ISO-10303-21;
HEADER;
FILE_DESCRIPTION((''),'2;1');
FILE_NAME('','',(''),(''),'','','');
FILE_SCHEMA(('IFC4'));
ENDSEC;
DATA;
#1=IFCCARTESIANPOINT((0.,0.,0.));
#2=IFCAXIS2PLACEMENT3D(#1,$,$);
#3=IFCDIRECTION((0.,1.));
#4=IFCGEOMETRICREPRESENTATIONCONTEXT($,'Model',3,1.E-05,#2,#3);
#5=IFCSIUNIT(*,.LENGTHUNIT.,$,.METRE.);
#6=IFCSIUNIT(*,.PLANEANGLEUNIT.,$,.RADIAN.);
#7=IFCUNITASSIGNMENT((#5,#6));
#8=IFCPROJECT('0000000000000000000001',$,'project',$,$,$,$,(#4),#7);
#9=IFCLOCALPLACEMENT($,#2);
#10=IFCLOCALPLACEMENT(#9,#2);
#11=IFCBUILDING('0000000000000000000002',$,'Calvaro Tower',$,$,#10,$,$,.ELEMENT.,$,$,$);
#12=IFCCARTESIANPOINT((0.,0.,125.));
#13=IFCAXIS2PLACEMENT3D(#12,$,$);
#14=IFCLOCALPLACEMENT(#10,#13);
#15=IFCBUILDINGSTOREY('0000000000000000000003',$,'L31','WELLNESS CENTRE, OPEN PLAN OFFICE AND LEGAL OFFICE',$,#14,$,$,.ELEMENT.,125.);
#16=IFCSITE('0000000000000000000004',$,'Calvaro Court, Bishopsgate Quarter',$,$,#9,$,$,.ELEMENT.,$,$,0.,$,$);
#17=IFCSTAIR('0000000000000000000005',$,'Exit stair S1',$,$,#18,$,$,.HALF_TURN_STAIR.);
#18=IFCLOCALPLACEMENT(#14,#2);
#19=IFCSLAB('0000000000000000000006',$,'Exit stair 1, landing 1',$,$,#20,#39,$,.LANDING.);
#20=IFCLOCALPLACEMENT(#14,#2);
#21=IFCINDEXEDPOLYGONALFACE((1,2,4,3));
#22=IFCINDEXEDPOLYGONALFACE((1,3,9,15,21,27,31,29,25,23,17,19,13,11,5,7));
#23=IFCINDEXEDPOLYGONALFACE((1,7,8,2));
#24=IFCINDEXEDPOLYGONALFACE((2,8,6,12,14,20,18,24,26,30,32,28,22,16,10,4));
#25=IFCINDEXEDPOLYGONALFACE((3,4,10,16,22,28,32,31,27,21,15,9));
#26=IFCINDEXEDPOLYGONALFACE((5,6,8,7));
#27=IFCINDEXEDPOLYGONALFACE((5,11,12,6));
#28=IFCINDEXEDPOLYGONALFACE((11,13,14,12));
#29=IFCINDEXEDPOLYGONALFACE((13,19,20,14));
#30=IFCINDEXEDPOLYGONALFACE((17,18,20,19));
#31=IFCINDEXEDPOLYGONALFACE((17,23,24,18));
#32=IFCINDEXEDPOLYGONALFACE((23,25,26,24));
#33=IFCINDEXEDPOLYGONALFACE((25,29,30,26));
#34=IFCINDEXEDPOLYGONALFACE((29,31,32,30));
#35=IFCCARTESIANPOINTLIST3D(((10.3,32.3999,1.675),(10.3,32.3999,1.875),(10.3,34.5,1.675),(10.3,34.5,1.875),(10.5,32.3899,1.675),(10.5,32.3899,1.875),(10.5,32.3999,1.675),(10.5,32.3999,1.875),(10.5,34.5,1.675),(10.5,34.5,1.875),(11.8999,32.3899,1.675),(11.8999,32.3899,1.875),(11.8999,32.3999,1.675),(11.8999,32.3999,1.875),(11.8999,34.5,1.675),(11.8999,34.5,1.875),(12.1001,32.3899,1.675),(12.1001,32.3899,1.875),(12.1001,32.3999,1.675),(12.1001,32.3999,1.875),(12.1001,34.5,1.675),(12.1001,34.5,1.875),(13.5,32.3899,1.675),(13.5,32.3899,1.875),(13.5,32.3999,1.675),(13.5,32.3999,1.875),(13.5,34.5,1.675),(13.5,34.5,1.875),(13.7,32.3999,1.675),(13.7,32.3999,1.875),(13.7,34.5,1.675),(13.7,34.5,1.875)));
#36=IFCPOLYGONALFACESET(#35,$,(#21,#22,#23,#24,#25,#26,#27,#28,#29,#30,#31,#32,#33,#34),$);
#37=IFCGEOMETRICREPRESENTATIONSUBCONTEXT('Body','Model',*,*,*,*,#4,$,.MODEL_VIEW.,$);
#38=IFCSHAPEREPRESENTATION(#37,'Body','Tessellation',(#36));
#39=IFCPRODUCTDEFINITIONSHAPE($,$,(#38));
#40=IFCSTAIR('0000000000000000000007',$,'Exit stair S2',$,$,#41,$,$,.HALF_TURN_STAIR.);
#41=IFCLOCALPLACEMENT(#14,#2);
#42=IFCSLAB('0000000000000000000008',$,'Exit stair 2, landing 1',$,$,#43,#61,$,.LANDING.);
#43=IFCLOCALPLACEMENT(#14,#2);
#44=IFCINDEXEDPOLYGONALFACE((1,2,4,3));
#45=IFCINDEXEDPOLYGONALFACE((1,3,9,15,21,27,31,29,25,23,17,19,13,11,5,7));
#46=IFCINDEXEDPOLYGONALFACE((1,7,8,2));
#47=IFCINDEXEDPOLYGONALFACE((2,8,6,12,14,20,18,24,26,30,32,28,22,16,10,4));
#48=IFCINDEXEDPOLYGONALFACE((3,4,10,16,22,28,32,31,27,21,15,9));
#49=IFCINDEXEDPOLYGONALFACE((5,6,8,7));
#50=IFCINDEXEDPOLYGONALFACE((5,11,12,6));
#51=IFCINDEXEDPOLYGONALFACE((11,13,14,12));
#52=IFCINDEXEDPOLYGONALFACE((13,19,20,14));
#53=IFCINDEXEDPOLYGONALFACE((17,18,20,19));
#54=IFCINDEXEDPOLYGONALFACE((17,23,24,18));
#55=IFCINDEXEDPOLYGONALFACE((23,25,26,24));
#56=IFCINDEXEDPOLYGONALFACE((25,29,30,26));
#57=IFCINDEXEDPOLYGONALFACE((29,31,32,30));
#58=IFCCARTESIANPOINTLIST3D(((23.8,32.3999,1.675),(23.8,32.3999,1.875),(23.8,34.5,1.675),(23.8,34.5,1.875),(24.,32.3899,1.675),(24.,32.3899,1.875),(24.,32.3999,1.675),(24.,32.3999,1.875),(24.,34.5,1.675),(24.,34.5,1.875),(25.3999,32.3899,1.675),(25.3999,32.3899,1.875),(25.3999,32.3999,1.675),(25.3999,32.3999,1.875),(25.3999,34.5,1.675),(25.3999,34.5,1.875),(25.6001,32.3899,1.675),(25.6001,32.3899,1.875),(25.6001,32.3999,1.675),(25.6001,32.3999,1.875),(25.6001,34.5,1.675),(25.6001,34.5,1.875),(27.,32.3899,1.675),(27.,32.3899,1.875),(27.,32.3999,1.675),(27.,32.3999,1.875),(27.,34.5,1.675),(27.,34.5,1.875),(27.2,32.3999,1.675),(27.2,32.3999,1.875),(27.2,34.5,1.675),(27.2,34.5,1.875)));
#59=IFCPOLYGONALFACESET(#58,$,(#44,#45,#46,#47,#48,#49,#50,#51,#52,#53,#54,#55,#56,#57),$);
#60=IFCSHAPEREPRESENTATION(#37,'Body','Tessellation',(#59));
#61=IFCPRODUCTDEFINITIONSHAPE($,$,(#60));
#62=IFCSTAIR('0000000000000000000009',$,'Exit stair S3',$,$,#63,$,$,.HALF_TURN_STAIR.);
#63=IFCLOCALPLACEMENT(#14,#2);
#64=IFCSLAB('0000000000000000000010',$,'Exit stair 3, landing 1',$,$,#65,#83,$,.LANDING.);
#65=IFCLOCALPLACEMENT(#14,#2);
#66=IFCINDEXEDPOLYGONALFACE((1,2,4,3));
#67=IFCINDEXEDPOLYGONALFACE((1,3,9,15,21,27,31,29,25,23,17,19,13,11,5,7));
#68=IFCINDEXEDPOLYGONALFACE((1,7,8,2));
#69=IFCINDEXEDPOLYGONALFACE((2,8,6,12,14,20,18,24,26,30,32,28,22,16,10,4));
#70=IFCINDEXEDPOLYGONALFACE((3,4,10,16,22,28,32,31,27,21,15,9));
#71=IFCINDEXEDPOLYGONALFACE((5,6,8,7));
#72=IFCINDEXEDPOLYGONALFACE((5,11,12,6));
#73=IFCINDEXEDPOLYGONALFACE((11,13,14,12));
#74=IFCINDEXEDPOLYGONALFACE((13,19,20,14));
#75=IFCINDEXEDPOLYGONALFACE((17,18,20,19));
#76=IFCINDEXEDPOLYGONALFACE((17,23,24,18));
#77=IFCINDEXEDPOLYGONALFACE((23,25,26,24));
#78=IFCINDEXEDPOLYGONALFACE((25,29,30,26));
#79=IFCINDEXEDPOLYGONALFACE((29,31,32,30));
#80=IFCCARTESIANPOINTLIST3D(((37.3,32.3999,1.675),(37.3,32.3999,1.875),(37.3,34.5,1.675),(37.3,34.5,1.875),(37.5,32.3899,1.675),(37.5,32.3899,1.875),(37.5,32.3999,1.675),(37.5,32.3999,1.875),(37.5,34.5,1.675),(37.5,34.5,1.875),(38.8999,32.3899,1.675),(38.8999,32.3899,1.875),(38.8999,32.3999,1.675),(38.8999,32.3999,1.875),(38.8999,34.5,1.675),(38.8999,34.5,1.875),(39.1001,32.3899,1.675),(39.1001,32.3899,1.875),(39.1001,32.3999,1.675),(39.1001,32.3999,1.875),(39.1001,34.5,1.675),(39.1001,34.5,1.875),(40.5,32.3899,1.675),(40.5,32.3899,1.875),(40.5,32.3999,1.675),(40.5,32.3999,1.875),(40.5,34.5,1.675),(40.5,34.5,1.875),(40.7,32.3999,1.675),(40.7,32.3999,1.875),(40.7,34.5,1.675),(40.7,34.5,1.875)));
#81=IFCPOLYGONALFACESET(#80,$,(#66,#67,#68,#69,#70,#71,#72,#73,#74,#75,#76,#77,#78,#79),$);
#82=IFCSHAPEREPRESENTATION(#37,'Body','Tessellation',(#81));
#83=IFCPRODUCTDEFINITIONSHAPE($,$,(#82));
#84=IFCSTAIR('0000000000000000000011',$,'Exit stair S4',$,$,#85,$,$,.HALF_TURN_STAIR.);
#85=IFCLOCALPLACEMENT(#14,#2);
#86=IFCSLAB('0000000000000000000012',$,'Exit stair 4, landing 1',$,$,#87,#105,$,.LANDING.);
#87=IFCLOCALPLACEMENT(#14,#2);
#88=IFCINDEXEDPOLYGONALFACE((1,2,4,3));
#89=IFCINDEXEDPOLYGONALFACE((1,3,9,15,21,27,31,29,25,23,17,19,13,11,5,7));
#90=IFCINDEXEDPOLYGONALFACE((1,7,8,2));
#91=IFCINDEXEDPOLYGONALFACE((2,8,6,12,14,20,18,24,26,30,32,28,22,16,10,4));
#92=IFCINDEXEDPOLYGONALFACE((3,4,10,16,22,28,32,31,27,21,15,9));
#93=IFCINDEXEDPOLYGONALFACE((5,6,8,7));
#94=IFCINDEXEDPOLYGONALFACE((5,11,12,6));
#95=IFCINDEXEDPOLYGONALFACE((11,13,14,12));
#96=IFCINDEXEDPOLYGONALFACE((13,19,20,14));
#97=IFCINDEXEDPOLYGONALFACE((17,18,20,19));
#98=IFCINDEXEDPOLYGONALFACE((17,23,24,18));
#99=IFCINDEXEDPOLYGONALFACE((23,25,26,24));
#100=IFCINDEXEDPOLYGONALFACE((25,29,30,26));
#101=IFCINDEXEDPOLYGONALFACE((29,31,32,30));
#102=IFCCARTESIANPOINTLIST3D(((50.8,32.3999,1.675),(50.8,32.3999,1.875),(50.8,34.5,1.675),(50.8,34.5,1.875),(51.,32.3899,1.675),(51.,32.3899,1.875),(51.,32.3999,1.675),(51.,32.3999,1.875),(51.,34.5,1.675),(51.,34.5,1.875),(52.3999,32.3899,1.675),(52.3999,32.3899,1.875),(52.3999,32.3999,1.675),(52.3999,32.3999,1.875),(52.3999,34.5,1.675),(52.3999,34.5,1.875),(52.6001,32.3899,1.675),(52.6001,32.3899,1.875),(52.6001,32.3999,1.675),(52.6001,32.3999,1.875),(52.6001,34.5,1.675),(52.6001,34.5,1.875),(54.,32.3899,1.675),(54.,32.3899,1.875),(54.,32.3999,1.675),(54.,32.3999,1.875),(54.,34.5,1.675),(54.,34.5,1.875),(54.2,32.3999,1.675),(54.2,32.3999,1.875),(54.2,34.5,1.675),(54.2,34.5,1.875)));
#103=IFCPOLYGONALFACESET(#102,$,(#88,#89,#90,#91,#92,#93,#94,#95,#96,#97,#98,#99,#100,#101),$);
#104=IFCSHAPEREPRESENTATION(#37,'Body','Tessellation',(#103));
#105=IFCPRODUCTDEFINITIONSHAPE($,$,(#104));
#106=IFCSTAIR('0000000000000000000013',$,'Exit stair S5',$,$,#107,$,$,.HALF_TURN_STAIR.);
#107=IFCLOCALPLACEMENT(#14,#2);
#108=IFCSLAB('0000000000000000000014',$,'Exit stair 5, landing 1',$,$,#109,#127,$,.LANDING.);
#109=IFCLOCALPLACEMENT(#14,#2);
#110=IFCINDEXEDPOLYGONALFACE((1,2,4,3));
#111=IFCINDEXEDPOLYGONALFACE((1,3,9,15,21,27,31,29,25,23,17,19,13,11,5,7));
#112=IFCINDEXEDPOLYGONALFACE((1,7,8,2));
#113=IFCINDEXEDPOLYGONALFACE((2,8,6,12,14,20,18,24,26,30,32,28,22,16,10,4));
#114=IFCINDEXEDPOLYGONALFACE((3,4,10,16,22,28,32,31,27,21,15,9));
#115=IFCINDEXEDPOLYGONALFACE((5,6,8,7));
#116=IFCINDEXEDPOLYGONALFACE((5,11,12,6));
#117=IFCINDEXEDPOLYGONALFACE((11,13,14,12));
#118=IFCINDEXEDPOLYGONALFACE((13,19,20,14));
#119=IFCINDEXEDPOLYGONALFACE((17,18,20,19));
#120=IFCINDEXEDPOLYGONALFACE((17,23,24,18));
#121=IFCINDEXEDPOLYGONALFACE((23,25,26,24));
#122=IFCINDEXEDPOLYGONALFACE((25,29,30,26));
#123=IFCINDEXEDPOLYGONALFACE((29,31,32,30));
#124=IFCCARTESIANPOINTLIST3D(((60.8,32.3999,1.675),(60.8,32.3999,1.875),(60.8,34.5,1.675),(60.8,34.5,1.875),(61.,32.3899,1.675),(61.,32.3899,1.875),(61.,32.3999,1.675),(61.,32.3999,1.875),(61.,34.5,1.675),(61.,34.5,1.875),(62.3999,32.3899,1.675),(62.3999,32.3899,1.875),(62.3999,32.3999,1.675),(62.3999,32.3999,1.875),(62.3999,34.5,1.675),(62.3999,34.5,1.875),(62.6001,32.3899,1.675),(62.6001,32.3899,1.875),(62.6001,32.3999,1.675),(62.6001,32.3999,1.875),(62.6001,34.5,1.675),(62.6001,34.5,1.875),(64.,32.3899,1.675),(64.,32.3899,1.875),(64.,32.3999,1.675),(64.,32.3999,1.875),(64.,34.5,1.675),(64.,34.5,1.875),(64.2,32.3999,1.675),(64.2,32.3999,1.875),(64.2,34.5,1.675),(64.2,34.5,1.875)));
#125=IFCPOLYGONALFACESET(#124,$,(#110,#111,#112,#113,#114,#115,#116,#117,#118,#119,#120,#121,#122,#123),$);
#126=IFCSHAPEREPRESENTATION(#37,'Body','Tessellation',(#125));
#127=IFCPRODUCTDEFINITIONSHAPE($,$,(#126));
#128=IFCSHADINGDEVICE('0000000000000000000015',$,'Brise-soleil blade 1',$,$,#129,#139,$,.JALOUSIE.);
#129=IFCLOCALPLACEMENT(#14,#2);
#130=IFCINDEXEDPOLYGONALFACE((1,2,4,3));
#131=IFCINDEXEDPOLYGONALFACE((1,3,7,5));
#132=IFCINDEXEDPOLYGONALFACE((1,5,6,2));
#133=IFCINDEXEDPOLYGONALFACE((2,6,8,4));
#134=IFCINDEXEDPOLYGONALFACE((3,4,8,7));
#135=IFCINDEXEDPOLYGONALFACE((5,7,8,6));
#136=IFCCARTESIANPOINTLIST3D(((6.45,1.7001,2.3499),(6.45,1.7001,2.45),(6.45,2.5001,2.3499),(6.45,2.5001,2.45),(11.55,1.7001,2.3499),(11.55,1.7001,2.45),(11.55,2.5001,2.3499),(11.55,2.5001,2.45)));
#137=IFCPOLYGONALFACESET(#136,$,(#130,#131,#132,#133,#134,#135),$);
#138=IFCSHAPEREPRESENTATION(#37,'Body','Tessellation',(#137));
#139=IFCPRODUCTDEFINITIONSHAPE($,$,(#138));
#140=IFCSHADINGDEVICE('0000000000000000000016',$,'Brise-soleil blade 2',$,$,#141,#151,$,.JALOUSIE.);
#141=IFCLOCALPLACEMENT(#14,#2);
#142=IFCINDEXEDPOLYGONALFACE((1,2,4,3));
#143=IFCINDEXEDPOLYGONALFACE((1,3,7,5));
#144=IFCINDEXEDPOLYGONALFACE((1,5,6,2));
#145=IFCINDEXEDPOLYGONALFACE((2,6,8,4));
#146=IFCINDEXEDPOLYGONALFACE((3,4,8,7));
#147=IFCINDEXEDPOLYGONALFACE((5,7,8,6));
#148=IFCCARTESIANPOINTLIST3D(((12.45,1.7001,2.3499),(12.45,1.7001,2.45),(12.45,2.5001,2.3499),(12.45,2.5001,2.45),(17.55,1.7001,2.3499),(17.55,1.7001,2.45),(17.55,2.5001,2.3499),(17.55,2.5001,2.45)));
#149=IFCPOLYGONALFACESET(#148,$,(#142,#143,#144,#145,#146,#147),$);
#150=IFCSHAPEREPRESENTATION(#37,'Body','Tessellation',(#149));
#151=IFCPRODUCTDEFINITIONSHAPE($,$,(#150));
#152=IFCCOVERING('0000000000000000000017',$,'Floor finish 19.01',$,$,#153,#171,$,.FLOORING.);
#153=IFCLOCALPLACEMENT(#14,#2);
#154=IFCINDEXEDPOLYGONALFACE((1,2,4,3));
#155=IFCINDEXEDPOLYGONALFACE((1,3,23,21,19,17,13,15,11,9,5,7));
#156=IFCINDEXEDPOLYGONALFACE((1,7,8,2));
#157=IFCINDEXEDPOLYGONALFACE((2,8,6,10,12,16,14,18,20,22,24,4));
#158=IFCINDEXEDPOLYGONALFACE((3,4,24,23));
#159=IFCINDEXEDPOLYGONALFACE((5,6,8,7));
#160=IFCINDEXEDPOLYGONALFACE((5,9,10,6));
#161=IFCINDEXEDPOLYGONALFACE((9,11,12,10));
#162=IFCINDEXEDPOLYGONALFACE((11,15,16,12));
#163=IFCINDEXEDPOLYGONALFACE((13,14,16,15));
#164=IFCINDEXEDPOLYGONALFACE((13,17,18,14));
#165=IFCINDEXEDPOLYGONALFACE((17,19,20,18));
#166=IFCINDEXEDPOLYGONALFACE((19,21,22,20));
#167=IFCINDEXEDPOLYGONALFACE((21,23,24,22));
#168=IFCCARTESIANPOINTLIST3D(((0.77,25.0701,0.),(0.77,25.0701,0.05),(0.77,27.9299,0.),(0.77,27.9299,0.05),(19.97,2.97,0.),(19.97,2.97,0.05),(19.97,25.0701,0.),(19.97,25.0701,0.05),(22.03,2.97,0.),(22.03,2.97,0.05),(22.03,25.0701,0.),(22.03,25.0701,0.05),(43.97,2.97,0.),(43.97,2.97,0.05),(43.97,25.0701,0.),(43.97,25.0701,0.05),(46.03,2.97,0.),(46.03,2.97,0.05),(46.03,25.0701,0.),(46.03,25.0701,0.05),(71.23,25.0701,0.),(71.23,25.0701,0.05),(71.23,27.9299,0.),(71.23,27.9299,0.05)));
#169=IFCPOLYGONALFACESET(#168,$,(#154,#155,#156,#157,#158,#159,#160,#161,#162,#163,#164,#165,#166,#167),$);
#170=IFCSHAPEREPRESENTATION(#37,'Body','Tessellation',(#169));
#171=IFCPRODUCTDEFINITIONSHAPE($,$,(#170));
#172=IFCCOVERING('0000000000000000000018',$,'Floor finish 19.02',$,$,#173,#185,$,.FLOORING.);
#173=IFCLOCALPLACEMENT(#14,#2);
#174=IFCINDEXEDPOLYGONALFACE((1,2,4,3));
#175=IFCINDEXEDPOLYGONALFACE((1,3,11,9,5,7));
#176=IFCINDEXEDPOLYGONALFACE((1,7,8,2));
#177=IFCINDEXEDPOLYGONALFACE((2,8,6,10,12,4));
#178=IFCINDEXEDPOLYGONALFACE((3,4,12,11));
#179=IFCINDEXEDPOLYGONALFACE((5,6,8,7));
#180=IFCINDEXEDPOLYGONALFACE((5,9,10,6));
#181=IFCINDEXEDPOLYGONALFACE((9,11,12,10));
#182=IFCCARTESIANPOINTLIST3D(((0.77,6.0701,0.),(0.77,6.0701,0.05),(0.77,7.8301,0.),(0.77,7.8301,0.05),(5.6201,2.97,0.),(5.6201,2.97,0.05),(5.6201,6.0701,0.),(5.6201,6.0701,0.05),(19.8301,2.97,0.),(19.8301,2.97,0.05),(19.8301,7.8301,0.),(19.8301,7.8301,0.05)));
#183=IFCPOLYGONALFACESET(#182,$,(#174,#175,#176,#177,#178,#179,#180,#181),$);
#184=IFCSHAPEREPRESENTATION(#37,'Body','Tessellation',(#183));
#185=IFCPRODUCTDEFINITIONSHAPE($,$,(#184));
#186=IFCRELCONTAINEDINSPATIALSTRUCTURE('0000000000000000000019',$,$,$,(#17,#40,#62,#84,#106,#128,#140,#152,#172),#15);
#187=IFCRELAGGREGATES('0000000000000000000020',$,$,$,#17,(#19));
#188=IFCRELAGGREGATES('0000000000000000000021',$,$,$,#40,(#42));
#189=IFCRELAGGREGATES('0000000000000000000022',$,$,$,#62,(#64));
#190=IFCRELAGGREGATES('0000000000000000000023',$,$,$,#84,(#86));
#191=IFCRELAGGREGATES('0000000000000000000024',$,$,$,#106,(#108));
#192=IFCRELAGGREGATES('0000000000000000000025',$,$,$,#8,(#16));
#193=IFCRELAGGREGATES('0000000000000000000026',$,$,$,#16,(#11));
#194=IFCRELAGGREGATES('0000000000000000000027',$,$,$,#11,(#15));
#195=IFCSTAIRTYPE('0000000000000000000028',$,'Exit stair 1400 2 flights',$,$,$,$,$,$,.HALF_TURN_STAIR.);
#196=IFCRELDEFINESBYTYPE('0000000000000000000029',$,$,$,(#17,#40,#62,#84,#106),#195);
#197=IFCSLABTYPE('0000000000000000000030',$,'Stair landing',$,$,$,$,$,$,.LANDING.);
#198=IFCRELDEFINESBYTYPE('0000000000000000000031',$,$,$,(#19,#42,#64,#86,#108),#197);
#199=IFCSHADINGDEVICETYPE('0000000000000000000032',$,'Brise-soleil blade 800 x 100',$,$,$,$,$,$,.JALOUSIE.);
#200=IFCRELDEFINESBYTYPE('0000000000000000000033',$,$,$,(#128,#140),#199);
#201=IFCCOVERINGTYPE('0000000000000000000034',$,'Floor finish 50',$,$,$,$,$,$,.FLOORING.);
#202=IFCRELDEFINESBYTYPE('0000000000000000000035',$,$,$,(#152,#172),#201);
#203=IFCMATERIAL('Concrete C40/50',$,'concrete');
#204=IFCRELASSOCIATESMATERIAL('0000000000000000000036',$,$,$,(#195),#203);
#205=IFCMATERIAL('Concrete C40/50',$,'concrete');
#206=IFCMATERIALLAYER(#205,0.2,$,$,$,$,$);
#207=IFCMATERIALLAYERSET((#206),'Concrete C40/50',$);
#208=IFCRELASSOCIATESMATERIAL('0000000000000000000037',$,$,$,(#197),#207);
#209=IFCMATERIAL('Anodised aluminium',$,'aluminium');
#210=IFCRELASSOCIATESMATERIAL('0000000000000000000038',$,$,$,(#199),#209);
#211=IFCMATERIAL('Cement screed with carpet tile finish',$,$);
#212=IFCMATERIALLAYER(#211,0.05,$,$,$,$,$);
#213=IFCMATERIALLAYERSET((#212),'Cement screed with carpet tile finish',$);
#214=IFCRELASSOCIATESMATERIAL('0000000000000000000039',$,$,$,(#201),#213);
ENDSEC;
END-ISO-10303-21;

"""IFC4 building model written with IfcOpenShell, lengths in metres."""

from ifc_helpers import new_model, si_unit, direction, frame, origin, origin_2d, place, context, subcontext, project, spatial, polyline, rectangle, outline, extrude, material, layer, layer_set, material_profile, profile_set, type_object, element, aggregate, save


model = new_model("IFC4")

# Units and contexts
model_context = context("Model", 3, precision=1e-05, world=origin(), true_north=direction((0.0, 1.0)))
body_context = subcontext(model_context, "Body", "Model", "MODEL_VIEW")
ifc_project = project(units=[si_unit("LENGTHUNIT", "METRE"), si_unit("PLANEANGLEUNIT", "RADIAN")], contexts=[model_context])

# Site, building, storey
site_placement = place(None, origin())
site = spatial("IfcSite", under=ifc_project, at=site_placement, Name="Calvaro Court, Bishopsgate Quarter", CompositionType="ELEMENT", RefElevation=0.0)
building_placement = place(site_placement, origin())
building = spatial("IfcBuilding", under=site, at=building_placement, Name="Calvaro Tower", CompositionType="ELEMENT")
storey_placement = place(building_placement, frame((0.0, 0.0, 125.0)))
storey = spatial("IfcBuildingStorey", under=building, at=storey_placement, Name="L31", Description="WELLNESS CENTRE, OPEN PLAN OFFICE AND LEGAL OFFICE", CompositionType="ELEMENT", Elevation=125.0)

# Stairs, slabs
ifc_material_1 = material(Name="Concrete C40/50", Category="concrete")
stair_type = type_object("IfcStairType", Name="Exit stair 1400 2 flights", PredefinedType="HALF_TURN_STAIR", material=ifc_material_1)
stair_1_placement = place(storey_placement, origin())
stair_1 = element("IfcStair", 1, at=stair_1_placement, inside=storey, type_object=stair_type, Name="Exit stair S1", PredefinedType="HALF_TURN_STAIR")
ifc_material_2 = material(Name="Concrete C40/50", Category="concrete")
ifc_layer_1 = layer(ifc_material_2, 0.2)
ifc_layer_set_1 = layer_set([ifc_layer_1], Name="Concrete C40/50")
slab_type_1 = type_object("IfcSlabType", Name="Stair landing", PredefinedType="LANDING", material=ifc_layer_set_1)
slab_1_placement = place(storey_placement, frame((0.0, 0.0, 1.675)))
slab_1 = element("IfcSlab", 2, at=slab_1_placement, type_object=slab_type_1, Name="Exit stair 1, landing 1", PredefinedType="LANDING", context=body_context, shape_type="SweptSolid", body=[
    extrude(outline(polyline([(11.8999, 32.3899), (10.5, 32.3899), (10.5, 32.3999), (10.3, 32.3999), (10.3, 34.5), (10.5, 34.5), (11.8999, 34.5), (12.1001, 34.5), (13.5, 34.5), (13.7, 34.5), (13.7, 32.3999), (13.5, 32.3999), (13.5, 32.3899), (12.1001, 32.3899), (12.1001, 32.3999), (11.8999, 32.3999), (11.8999, 32.3899)])), origin(), (0.0, 0.0, 1.0), 0.2),
])
aggregate(stair_1, [slab_1])
stair_2_placement = place(storey_placement, origin())
stair_2 = element("IfcStair", 3, at=stair_2_placement, inside=storey, type_object=stair_type, Name="Exit stair S2", PredefinedType="HALF_TURN_STAIR")
slab_2_placement = place(storey_placement, frame((0.0, 0.0, 1.675)))
slab_2 = element("IfcSlab", 4, at=slab_2_placement, type_object=slab_type_1, Name="Exit stair 2, landing 1", PredefinedType="LANDING", context=body_context, shape_type="SweptSolid", body=[
    extrude(outline(polyline([(25.3999, 32.3899), (24.0, 32.3899), (24.0, 32.3999), (23.8, 32.3999), (23.8, 34.5), (24.0, 34.5), (25.3999, 34.5), (25.6001, 34.5), (27.0, 34.5), (27.2, 34.5), (27.2, 32.3999), (27.0, 32.3999), (27.0, 32.3899), (25.6001, 32.3899), (25.6001, 32.3999), (25.3999, 32.3999), (25.3999, 32.3899)])), origin(), (0.0, 0.0, 1.0), 0.2),
])
aggregate(stair_2, [slab_2])
stair_3_placement = place(storey_placement, origin())
stair_3 = element("IfcStair", 5, at=stair_3_placement, inside=storey, type_object=stair_type, Name="Exit stair S3", PredefinedType="HALF_TURN_STAIR")
slab_3_placement = place(storey_placement, frame((0.0, 0.0, 1.675)))
slab_3 = element("IfcSlab", 6, at=slab_3_placement, type_object=slab_type_1, Name="Exit stair 3, landing 1", PredefinedType="LANDING", context=body_context, shape_type="SweptSolid", body=[
    extrude(outline(polyline([(38.8999, 32.3899), (37.5, 32.3899), (37.5, 32.3999), (37.3, 32.3999), (37.3, 34.5), (37.5, 34.5), (38.8999, 34.5), (39.1001, 34.5), (40.5, 34.5), (40.7, 34.5), (40.7, 32.3999), (40.5, 32.3999), (40.5, 32.3899), (39.1001, 32.3899), (39.1001, 32.3999), (38.8999, 32.3999), (38.8999, 32.3899)])), origin(), (0.0, 0.0, 1.0), 0.2),
])
aggregate(stair_3, [slab_3])
stair_4_placement = place(storey_placement, origin())
stair_4 = element("IfcStair", 7, at=stair_4_placement, inside=storey, type_object=stair_type, Name="Exit stair S4", PredefinedType="HALF_TURN_STAIR")
slab_4_placement = place(storey_placement, frame((0.0, 0.0, 1.675)))
slab_4 = element("IfcSlab", 8, at=slab_4_placement, type_object=slab_type_1, Name="Exit stair 4, landing 1", PredefinedType="LANDING", context=body_context, shape_type="SweptSolid", body=[
    extrude(outline(polyline([(52.3999, 32.3899), (51.0, 32.3899), (51.0, 32.3999), (50.8, 32.3999), (50.8, 34.5), (51.0, 34.5), (52.3999, 34.5), (52.6001, 34.5), (54.0, 34.5), (54.2, 34.5), (54.2, 32.3999), (54.0, 32.3999), (54.0, 32.3899), (52.6001, 32.3899), (52.6001, 32.3999), (52.3999, 32.3999), (52.3999, 32.3899)])), origin(), (0.0, 0.0, 1.0), 0.2),
])
aggregate(stair_4, [slab_4])
stair_5_placement = place(storey_placement, origin())
stair_5 = element("IfcStair", 9, at=stair_5_placement, inside=storey, type_object=stair_type, Name="Exit stair S5", PredefinedType="HALF_TURN_STAIR")
slab_5_placement = place(storey_placement, frame((0.0, 0.0, 1.675)))
slab_5 = element("IfcSlab", 10, at=slab_5_placement, type_object=slab_type_1, Name="Exit stair 5, landing 1", PredefinedType="LANDING", context=body_context, shape_type="SweptSolid", body=[
    extrude(outline(polyline([(62.3999, 32.3899), (61.0, 32.3899), (61.0, 32.3999), (60.8, 32.3999), (60.8, 34.5), (61.0, 34.5), (62.3999, 34.5), (62.6001, 34.5), (64.0, 34.5), (64.2, 34.5), (64.2, 32.3999), (64.0, 32.3999), (64.0, 32.3899), (62.6001, 32.3899), (62.6001, 32.3999), (62.3999, 32.3999), (62.3999, 32.3899)])), origin(), (0.0, 0.0, 1.0), 0.2),
])
aggregate(stair_5, [slab_5])

# Shading devices
ifc_material_3 = material(Name="Anodised aluminium", Category="aluminium")
ifc_material_profile_1 = material_profile(ifc_material_3, rectangle(XDim=0.8, YDim=0.1001, at=origin_2d()), Name="Brise-soleil blade 800 x 100")
ifc_profile_set_1 = profile_set([ifc_material_profile_1], Name="Anodised aluminium")
shading_device_type = type_object("IfcShadingDeviceType", Name="Brise-soleil blade 800 x 100", PredefinedType="JALOUSIE", material=ifc_profile_set_1)
for number, where, z_axis, x_axis, name in (
    (11, (6.45, 2.1001, 2.3999), (1.0, 0.0, 0.0), (0.0, 1.0, 0.0), "Brise-soleil blade 1"),
    (12, (12.45, 2.1001, 2.3999), (1.0, 0.0, 0.0), (0.0, 1.0, 0.0), "Brise-soleil blade 2"),
):
    element("IfcShadingDevice", number, at=place(storey_placement, frame(where, z_axis=z_axis, x_axis=x_axis)), inside=storey, type_object=shading_device_type, Name=name, PredefinedType="JALOUSIE", context=body_context, shape_type="SweptSolid", body=[
        extrude(rectangle(XDim=0.8, YDim=0.1001, at=origin_2d()), origin(), (0.0, 0.0, 1.0), 5.1001),
    ])

# Coverings
ifc_material_4 = material(Name="Cement screed with carpet tile finish")
ifc_layer_2 = layer(ifc_material_4, 0.05)
ifc_layer_set_2 = layer_set([ifc_layer_2], Name="Cement screed with carpet tile finish")
covering_type = type_object("IfcCoveringType", Name="Floor finish 50", PredefinedType="FLOORING", material=ifc_layer_set_2)
covering_1_placement = place(storey_placement, origin())
element("IfcCovering", 13, at=covering_1_placement, inside=storey, type_object=covering_type, Name="Floor finish 19.01", PredefinedType="FLOORING", context=body_context, shape_type="SweptSolid", body=[
    extrude(outline(polyline([(19.97, 2.97), (19.97, 25.0701), (0.77, 25.0701), (0.77, 27.9299), (71.23, 27.9299), (71.23, 25.0701), (46.03, 25.0701), (46.03, 2.97), (43.97, 2.97), (43.97, 25.0701), (22.03, 25.0701), (22.03, 2.97), (19.97, 2.97)])), origin(), (0.0, 0.0, 1.0), 0.05),
])
covering_2_placement = place(storey_placement, origin())
element("IfcCovering", 14, at=covering_2_placement, inside=storey, type_object=covering_type, Name="Floor finish 19.02", PredefinedType="FLOORING", context=body_context, shape_type="SweptSolid", body=[
    extrude(outline(polyline([(19.8301, 7.8301), (19.8301, 2.97), (5.6201, 2.97), (5.6201, 6.0701), (0.77, 6.0701), (0.77, 7.8301), (19.8301, 7.8301)])), origin(), (0.0, 0.0, 1.0), 0.05),
])

save(model, "model.ifc")
